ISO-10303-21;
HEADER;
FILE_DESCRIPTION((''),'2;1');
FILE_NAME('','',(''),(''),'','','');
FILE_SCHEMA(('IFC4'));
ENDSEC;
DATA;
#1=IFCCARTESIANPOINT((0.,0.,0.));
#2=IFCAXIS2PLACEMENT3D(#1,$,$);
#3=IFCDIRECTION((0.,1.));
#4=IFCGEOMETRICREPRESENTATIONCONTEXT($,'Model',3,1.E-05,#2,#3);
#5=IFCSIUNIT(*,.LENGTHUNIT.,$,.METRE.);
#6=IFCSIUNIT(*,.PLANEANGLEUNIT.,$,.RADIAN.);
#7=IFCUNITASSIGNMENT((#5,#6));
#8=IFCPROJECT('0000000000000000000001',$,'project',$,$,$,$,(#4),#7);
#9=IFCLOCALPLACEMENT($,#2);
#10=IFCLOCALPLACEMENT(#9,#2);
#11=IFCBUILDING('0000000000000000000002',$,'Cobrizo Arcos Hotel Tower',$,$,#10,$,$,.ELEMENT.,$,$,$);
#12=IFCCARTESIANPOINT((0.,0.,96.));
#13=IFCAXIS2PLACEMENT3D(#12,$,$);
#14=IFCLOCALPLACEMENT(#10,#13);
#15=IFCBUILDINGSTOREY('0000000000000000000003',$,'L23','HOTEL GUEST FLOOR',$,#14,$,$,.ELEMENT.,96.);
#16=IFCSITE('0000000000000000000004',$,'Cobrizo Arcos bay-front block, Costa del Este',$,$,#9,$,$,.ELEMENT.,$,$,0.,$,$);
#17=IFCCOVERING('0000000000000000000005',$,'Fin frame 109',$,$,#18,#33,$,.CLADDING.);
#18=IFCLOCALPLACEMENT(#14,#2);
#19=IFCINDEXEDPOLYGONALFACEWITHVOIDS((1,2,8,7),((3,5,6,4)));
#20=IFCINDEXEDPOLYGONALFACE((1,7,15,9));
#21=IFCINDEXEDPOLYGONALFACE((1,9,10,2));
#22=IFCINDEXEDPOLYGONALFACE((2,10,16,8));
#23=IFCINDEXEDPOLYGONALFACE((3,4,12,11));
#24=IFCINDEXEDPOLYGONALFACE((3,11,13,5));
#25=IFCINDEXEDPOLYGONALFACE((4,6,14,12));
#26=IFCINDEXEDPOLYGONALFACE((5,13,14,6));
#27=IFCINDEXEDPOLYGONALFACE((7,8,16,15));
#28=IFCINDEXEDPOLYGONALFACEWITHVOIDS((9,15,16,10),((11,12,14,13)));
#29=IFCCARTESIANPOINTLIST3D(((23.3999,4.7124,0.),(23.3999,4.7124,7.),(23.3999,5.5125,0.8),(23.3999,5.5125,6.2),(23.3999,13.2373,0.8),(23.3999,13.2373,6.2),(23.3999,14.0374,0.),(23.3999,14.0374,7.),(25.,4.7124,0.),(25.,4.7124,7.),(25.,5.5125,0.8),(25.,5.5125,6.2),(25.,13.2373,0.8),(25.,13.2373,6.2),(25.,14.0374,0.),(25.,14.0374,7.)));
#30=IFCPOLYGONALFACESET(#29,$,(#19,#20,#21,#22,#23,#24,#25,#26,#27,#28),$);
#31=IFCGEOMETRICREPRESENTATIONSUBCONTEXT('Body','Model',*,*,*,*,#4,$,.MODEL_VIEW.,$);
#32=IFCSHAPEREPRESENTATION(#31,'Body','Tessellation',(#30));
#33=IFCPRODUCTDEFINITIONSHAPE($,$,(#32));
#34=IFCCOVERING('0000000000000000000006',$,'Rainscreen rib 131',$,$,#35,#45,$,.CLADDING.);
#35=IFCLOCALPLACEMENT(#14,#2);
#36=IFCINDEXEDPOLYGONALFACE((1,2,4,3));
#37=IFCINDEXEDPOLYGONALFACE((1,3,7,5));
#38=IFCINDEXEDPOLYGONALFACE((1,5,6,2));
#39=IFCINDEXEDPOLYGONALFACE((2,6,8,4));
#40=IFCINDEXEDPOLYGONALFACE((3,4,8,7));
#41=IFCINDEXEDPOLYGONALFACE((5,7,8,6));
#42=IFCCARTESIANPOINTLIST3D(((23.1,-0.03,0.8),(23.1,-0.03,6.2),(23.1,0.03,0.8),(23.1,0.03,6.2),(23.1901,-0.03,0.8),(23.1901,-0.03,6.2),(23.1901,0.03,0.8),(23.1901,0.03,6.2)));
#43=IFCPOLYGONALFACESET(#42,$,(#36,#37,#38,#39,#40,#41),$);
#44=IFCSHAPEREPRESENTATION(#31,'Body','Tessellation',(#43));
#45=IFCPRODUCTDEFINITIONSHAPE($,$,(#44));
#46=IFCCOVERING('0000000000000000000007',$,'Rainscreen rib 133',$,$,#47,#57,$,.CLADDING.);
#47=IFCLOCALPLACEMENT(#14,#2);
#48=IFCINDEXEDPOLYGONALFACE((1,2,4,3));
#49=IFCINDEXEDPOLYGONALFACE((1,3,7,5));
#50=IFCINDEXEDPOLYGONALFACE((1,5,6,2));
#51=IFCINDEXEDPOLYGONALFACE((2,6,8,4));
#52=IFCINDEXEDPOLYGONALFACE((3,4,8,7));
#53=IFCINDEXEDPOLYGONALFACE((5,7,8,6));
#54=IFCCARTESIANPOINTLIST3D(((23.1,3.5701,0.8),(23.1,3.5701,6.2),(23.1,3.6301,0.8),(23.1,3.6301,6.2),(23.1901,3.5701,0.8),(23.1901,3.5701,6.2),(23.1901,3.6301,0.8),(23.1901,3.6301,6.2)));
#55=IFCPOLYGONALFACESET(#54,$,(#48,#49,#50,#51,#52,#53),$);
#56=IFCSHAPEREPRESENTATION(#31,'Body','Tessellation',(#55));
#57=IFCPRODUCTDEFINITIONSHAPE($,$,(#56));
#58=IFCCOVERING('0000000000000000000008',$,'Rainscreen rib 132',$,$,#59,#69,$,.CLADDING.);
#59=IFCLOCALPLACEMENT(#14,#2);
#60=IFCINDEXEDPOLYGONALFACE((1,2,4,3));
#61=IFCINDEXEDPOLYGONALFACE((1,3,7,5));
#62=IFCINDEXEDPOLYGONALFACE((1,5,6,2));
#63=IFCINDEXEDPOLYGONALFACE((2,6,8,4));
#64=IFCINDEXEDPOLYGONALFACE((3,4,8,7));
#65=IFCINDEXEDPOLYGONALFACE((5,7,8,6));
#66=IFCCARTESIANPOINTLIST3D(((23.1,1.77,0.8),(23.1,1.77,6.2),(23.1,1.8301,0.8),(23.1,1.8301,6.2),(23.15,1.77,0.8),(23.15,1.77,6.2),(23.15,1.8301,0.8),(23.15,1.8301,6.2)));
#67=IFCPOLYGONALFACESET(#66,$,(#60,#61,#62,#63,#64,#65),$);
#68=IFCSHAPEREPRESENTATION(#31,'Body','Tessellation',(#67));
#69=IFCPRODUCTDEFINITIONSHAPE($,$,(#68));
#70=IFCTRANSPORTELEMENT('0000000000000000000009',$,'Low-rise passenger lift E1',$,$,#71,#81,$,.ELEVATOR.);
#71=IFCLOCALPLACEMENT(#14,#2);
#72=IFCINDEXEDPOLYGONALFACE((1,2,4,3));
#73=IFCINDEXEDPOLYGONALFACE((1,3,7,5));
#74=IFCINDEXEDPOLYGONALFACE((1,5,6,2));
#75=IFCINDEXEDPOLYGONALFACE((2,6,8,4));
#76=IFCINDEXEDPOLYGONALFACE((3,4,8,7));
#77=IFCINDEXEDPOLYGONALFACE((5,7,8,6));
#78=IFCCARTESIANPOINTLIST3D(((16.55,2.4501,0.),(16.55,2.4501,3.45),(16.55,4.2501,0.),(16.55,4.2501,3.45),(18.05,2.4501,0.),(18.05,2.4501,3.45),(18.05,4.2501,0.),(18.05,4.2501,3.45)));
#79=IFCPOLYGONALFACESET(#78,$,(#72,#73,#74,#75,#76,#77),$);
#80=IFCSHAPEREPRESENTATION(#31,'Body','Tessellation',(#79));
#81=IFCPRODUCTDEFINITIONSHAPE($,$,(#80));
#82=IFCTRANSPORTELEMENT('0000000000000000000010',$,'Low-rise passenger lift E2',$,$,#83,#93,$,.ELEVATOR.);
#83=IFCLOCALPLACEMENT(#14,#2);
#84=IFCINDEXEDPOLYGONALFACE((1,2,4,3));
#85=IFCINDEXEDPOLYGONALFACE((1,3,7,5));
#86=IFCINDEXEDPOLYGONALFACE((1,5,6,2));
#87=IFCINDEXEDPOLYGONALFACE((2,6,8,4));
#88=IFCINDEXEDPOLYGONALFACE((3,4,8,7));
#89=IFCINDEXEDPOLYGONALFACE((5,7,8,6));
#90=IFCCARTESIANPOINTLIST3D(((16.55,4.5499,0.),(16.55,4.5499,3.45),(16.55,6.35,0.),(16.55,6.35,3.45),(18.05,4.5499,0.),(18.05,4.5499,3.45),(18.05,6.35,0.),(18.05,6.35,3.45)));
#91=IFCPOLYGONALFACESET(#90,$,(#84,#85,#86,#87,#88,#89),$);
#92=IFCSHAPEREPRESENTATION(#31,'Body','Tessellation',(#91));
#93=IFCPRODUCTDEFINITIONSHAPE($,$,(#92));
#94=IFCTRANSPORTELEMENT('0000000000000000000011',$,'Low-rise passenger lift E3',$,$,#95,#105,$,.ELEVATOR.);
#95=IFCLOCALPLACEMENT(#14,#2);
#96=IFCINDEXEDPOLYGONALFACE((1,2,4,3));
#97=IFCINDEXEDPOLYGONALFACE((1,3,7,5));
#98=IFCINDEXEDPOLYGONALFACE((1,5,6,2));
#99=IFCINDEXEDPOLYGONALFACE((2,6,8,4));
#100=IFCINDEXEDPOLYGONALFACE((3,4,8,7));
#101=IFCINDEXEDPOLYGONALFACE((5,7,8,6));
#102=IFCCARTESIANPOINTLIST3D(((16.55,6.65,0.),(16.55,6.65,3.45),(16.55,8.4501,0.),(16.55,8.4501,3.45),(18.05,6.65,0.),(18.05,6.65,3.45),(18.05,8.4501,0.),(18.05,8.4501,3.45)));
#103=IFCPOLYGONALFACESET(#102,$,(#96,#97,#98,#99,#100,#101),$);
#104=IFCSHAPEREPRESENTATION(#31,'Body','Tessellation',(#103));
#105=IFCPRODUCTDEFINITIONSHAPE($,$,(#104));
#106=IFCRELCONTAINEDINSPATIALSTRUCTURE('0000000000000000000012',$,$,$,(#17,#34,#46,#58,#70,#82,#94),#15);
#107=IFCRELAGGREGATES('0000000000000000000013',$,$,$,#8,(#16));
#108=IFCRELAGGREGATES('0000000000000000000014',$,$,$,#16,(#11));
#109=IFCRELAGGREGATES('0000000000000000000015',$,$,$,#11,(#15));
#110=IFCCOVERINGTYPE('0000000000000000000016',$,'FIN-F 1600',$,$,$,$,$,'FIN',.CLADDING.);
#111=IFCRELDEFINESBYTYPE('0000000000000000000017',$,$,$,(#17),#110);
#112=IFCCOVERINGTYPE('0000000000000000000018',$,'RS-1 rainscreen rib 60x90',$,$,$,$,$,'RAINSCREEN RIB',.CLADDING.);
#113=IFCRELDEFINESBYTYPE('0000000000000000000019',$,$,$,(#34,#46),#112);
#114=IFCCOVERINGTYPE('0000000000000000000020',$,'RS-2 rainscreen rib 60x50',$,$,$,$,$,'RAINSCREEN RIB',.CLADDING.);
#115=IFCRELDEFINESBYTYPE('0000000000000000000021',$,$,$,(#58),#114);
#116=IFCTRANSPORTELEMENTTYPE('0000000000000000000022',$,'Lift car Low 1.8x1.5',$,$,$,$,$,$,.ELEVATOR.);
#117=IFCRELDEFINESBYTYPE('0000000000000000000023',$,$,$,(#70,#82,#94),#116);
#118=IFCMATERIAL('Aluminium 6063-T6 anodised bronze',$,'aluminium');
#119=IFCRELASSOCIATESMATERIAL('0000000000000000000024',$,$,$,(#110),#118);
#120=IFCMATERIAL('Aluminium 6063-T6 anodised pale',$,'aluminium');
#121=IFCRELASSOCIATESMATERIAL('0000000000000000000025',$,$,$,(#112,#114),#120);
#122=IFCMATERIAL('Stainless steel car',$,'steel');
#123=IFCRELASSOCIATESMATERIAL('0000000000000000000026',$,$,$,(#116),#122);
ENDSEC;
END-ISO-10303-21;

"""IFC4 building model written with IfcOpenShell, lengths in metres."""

from ifc_helpers import new_model, si_unit, direction, frame, origin, origin_2d, place, context, subcontext, project, spatial, polyline, rectangle, outline, extrude, material, type_object, element, save


model = new_model("IFC4")

# Units and contexts
model_context = context("Model", 3, precision=1e-05, world=origin(), true_north=direction((0.0, 1.0)))
body_context = subcontext(model_context, "Body", "Model", "MODEL_VIEW")
ifc_project = project(units=[si_unit("LENGTHUNIT", "METRE"), si_unit("PLANEANGLEUNIT", "RADIAN")], contexts=[model_context])

# Site, building, storey
site_placement = place(None, origin())
site = spatial("IfcSite", under=ifc_project, at=site_placement, Name="Cobrizo Arcos bay-front block, Costa del Este", CompositionType="ELEMENT", RefElevation=0.0)
building_placement = place(site_placement, origin())
building = spatial("IfcBuilding", under=site, at=building_placement, Name="Cobrizo Arcos Hotel Tower", CompositionType="ELEMENT")
storey_placement = place(building_placement, frame((0.0, 0.0, 96.0)))
storey = spatial("IfcBuildingStorey", under=building, at=storey_placement, Name="L23", Description="HOTEL GUEST FLOOR", CompositionType="ELEMENT", Elevation=96.0)

# Shared definitions
ifc_material_1 = material(Name="Aluminium 6063-T6 anodised bronze", Category="aluminium")

# Coverings
covering_type_1 = type_object("IfcCoveringType", Name="FIN-F 1600", ElementType="FIN", PredefinedType="CLADDING", material=ifc_material_1)
covering_1_placement = place(storey_placement, frame((23.3999, 4.7124, 0.0), z_axis=(1.0, 0.0, 0.0), x_axis=(0.0, 1.0, 0.0)))
element("IfcCovering", 1, at=covering_1_placement, inside=storey, type_object=covering_type_1, Name="Fin frame 109", PredefinedType="CLADDING", context=body_context, shape_type="SweptSolid", body=[
    extrude(outline(polyline([(0.0, 7.0), (0.0, 0.0), (9.325, 0.0), (9.325, 7.0), (0.0, 7.0)]), holes=[polyline([(8.5249, 0.8), (0.8, 0.8), (0.8, 6.2), (8.5249, 6.2), (8.5249, 0.8)])]), origin(), (0.0, 0.0, 1.0), 1.6001),
])
ifc_material_2 = material(Name="Aluminium 6063-T6 anodised pale", Category="aluminium")
covering_type_2 = type_object("IfcCoveringType", Name="RS-1 rainscreen rib 60x90", ElementType="RAINSCREEN RIB", PredefinedType="CLADDING", material=ifc_material_2)
for number, where, z_axis, x_axis, name in (
    (2, (23.145, 0.0, 0.8), (0.0, 0.0, 1.0), (0.0, 1.0, 0.0), "Rainscreen rib 131"),
    (3, (23.145, 3.6001, 0.8), (0.0, 0.0, 1.0), (0.0, 1.0, 0.0), "Rainscreen rib 133"),
):
    element("IfcCovering", number, at=place(storey_placement, frame(where, z_axis=z_axis, x_axis=x_axis)), inside=storey, type_object=covering_type_2, Name=name, PredefinedType="CLADDING", context=body_context, shape_type="SweptSolid", body=[
        extrude(rectangle(XDim=0.0601, YDim=0.0901, at=origin_2d()), origin(), (0.0, 0.0, 1.0), 5.3999),
    ])
covering_type_3 = type_object("IfcCoveringType", Name="RS-2 rainscreen rib 60x50", ElementType="RAINSCREEN RIB", PredefinedType="CLADDING", material=ifc_material_2)
covering_2_placement = place(storey_placement, frame((23.125, 1.8, 0.8), z_axis=(0.0, 0.0, 1.0), x_axis=(0.0, 1.0, 0.0)))
element("IfcCovering", 4, at=covering_2_placement, inside=storey, type_object=covering_type_3, Name="Rainscreen rib 132", PredefinedType="CLADDING", context=body_context, shape_type="SweptSolid", body=[
    extrude(rectangle(XDim=0.0601, YDim=0.05, at=origin_2d()), origin(), (0.0, 0.0, 1.0), 5.3999),
])

# Transport elements
ifc_material_3 = material(Name="Stainless steel car", Category="steel")
transport_element_type = type_object("IfcTransportElementType", Name="Lift car Low 1.8x1.5", PredefinedType="ELEVATOR", material=ifc_material_3)
for number, where, z_axis, x_axis, name in (
    (5, (17.3, 3.3501, 0.0), (0.0, 0.0, 1.0), (1.0, 0.0, 0.0), "Low-rise passenger lift E1"),
    (6, (17.3, 5.45, 0.0), (0.0, 0.0, 1.0), (1.0, 0.0, 0.0), "Low-rise passenger lift E2"),
    (7, (17.3, 7.55, 0.0), (0.0, 0.0, 1.0), (1.0, 0.0, 0.0), "Low-rise passenger lift E3"),
):
    element("IfcTransportElement", number, at=place(storey_placement, frame(where, z_axis=z_axis, x_axis=x_axis)), inside=storey, type_object=transport_element_type, Name=name, PredefinedType="ELEVATOR", context=body_context, shape_type="SweptSolid", body=[
        extrude(rectangle(XDim=1.5, YDim=1.8, at=origin_2d()), origin(), (0.0, 0.0, 1.0), 3.45),
    ])

save(model, "model.ifc")
